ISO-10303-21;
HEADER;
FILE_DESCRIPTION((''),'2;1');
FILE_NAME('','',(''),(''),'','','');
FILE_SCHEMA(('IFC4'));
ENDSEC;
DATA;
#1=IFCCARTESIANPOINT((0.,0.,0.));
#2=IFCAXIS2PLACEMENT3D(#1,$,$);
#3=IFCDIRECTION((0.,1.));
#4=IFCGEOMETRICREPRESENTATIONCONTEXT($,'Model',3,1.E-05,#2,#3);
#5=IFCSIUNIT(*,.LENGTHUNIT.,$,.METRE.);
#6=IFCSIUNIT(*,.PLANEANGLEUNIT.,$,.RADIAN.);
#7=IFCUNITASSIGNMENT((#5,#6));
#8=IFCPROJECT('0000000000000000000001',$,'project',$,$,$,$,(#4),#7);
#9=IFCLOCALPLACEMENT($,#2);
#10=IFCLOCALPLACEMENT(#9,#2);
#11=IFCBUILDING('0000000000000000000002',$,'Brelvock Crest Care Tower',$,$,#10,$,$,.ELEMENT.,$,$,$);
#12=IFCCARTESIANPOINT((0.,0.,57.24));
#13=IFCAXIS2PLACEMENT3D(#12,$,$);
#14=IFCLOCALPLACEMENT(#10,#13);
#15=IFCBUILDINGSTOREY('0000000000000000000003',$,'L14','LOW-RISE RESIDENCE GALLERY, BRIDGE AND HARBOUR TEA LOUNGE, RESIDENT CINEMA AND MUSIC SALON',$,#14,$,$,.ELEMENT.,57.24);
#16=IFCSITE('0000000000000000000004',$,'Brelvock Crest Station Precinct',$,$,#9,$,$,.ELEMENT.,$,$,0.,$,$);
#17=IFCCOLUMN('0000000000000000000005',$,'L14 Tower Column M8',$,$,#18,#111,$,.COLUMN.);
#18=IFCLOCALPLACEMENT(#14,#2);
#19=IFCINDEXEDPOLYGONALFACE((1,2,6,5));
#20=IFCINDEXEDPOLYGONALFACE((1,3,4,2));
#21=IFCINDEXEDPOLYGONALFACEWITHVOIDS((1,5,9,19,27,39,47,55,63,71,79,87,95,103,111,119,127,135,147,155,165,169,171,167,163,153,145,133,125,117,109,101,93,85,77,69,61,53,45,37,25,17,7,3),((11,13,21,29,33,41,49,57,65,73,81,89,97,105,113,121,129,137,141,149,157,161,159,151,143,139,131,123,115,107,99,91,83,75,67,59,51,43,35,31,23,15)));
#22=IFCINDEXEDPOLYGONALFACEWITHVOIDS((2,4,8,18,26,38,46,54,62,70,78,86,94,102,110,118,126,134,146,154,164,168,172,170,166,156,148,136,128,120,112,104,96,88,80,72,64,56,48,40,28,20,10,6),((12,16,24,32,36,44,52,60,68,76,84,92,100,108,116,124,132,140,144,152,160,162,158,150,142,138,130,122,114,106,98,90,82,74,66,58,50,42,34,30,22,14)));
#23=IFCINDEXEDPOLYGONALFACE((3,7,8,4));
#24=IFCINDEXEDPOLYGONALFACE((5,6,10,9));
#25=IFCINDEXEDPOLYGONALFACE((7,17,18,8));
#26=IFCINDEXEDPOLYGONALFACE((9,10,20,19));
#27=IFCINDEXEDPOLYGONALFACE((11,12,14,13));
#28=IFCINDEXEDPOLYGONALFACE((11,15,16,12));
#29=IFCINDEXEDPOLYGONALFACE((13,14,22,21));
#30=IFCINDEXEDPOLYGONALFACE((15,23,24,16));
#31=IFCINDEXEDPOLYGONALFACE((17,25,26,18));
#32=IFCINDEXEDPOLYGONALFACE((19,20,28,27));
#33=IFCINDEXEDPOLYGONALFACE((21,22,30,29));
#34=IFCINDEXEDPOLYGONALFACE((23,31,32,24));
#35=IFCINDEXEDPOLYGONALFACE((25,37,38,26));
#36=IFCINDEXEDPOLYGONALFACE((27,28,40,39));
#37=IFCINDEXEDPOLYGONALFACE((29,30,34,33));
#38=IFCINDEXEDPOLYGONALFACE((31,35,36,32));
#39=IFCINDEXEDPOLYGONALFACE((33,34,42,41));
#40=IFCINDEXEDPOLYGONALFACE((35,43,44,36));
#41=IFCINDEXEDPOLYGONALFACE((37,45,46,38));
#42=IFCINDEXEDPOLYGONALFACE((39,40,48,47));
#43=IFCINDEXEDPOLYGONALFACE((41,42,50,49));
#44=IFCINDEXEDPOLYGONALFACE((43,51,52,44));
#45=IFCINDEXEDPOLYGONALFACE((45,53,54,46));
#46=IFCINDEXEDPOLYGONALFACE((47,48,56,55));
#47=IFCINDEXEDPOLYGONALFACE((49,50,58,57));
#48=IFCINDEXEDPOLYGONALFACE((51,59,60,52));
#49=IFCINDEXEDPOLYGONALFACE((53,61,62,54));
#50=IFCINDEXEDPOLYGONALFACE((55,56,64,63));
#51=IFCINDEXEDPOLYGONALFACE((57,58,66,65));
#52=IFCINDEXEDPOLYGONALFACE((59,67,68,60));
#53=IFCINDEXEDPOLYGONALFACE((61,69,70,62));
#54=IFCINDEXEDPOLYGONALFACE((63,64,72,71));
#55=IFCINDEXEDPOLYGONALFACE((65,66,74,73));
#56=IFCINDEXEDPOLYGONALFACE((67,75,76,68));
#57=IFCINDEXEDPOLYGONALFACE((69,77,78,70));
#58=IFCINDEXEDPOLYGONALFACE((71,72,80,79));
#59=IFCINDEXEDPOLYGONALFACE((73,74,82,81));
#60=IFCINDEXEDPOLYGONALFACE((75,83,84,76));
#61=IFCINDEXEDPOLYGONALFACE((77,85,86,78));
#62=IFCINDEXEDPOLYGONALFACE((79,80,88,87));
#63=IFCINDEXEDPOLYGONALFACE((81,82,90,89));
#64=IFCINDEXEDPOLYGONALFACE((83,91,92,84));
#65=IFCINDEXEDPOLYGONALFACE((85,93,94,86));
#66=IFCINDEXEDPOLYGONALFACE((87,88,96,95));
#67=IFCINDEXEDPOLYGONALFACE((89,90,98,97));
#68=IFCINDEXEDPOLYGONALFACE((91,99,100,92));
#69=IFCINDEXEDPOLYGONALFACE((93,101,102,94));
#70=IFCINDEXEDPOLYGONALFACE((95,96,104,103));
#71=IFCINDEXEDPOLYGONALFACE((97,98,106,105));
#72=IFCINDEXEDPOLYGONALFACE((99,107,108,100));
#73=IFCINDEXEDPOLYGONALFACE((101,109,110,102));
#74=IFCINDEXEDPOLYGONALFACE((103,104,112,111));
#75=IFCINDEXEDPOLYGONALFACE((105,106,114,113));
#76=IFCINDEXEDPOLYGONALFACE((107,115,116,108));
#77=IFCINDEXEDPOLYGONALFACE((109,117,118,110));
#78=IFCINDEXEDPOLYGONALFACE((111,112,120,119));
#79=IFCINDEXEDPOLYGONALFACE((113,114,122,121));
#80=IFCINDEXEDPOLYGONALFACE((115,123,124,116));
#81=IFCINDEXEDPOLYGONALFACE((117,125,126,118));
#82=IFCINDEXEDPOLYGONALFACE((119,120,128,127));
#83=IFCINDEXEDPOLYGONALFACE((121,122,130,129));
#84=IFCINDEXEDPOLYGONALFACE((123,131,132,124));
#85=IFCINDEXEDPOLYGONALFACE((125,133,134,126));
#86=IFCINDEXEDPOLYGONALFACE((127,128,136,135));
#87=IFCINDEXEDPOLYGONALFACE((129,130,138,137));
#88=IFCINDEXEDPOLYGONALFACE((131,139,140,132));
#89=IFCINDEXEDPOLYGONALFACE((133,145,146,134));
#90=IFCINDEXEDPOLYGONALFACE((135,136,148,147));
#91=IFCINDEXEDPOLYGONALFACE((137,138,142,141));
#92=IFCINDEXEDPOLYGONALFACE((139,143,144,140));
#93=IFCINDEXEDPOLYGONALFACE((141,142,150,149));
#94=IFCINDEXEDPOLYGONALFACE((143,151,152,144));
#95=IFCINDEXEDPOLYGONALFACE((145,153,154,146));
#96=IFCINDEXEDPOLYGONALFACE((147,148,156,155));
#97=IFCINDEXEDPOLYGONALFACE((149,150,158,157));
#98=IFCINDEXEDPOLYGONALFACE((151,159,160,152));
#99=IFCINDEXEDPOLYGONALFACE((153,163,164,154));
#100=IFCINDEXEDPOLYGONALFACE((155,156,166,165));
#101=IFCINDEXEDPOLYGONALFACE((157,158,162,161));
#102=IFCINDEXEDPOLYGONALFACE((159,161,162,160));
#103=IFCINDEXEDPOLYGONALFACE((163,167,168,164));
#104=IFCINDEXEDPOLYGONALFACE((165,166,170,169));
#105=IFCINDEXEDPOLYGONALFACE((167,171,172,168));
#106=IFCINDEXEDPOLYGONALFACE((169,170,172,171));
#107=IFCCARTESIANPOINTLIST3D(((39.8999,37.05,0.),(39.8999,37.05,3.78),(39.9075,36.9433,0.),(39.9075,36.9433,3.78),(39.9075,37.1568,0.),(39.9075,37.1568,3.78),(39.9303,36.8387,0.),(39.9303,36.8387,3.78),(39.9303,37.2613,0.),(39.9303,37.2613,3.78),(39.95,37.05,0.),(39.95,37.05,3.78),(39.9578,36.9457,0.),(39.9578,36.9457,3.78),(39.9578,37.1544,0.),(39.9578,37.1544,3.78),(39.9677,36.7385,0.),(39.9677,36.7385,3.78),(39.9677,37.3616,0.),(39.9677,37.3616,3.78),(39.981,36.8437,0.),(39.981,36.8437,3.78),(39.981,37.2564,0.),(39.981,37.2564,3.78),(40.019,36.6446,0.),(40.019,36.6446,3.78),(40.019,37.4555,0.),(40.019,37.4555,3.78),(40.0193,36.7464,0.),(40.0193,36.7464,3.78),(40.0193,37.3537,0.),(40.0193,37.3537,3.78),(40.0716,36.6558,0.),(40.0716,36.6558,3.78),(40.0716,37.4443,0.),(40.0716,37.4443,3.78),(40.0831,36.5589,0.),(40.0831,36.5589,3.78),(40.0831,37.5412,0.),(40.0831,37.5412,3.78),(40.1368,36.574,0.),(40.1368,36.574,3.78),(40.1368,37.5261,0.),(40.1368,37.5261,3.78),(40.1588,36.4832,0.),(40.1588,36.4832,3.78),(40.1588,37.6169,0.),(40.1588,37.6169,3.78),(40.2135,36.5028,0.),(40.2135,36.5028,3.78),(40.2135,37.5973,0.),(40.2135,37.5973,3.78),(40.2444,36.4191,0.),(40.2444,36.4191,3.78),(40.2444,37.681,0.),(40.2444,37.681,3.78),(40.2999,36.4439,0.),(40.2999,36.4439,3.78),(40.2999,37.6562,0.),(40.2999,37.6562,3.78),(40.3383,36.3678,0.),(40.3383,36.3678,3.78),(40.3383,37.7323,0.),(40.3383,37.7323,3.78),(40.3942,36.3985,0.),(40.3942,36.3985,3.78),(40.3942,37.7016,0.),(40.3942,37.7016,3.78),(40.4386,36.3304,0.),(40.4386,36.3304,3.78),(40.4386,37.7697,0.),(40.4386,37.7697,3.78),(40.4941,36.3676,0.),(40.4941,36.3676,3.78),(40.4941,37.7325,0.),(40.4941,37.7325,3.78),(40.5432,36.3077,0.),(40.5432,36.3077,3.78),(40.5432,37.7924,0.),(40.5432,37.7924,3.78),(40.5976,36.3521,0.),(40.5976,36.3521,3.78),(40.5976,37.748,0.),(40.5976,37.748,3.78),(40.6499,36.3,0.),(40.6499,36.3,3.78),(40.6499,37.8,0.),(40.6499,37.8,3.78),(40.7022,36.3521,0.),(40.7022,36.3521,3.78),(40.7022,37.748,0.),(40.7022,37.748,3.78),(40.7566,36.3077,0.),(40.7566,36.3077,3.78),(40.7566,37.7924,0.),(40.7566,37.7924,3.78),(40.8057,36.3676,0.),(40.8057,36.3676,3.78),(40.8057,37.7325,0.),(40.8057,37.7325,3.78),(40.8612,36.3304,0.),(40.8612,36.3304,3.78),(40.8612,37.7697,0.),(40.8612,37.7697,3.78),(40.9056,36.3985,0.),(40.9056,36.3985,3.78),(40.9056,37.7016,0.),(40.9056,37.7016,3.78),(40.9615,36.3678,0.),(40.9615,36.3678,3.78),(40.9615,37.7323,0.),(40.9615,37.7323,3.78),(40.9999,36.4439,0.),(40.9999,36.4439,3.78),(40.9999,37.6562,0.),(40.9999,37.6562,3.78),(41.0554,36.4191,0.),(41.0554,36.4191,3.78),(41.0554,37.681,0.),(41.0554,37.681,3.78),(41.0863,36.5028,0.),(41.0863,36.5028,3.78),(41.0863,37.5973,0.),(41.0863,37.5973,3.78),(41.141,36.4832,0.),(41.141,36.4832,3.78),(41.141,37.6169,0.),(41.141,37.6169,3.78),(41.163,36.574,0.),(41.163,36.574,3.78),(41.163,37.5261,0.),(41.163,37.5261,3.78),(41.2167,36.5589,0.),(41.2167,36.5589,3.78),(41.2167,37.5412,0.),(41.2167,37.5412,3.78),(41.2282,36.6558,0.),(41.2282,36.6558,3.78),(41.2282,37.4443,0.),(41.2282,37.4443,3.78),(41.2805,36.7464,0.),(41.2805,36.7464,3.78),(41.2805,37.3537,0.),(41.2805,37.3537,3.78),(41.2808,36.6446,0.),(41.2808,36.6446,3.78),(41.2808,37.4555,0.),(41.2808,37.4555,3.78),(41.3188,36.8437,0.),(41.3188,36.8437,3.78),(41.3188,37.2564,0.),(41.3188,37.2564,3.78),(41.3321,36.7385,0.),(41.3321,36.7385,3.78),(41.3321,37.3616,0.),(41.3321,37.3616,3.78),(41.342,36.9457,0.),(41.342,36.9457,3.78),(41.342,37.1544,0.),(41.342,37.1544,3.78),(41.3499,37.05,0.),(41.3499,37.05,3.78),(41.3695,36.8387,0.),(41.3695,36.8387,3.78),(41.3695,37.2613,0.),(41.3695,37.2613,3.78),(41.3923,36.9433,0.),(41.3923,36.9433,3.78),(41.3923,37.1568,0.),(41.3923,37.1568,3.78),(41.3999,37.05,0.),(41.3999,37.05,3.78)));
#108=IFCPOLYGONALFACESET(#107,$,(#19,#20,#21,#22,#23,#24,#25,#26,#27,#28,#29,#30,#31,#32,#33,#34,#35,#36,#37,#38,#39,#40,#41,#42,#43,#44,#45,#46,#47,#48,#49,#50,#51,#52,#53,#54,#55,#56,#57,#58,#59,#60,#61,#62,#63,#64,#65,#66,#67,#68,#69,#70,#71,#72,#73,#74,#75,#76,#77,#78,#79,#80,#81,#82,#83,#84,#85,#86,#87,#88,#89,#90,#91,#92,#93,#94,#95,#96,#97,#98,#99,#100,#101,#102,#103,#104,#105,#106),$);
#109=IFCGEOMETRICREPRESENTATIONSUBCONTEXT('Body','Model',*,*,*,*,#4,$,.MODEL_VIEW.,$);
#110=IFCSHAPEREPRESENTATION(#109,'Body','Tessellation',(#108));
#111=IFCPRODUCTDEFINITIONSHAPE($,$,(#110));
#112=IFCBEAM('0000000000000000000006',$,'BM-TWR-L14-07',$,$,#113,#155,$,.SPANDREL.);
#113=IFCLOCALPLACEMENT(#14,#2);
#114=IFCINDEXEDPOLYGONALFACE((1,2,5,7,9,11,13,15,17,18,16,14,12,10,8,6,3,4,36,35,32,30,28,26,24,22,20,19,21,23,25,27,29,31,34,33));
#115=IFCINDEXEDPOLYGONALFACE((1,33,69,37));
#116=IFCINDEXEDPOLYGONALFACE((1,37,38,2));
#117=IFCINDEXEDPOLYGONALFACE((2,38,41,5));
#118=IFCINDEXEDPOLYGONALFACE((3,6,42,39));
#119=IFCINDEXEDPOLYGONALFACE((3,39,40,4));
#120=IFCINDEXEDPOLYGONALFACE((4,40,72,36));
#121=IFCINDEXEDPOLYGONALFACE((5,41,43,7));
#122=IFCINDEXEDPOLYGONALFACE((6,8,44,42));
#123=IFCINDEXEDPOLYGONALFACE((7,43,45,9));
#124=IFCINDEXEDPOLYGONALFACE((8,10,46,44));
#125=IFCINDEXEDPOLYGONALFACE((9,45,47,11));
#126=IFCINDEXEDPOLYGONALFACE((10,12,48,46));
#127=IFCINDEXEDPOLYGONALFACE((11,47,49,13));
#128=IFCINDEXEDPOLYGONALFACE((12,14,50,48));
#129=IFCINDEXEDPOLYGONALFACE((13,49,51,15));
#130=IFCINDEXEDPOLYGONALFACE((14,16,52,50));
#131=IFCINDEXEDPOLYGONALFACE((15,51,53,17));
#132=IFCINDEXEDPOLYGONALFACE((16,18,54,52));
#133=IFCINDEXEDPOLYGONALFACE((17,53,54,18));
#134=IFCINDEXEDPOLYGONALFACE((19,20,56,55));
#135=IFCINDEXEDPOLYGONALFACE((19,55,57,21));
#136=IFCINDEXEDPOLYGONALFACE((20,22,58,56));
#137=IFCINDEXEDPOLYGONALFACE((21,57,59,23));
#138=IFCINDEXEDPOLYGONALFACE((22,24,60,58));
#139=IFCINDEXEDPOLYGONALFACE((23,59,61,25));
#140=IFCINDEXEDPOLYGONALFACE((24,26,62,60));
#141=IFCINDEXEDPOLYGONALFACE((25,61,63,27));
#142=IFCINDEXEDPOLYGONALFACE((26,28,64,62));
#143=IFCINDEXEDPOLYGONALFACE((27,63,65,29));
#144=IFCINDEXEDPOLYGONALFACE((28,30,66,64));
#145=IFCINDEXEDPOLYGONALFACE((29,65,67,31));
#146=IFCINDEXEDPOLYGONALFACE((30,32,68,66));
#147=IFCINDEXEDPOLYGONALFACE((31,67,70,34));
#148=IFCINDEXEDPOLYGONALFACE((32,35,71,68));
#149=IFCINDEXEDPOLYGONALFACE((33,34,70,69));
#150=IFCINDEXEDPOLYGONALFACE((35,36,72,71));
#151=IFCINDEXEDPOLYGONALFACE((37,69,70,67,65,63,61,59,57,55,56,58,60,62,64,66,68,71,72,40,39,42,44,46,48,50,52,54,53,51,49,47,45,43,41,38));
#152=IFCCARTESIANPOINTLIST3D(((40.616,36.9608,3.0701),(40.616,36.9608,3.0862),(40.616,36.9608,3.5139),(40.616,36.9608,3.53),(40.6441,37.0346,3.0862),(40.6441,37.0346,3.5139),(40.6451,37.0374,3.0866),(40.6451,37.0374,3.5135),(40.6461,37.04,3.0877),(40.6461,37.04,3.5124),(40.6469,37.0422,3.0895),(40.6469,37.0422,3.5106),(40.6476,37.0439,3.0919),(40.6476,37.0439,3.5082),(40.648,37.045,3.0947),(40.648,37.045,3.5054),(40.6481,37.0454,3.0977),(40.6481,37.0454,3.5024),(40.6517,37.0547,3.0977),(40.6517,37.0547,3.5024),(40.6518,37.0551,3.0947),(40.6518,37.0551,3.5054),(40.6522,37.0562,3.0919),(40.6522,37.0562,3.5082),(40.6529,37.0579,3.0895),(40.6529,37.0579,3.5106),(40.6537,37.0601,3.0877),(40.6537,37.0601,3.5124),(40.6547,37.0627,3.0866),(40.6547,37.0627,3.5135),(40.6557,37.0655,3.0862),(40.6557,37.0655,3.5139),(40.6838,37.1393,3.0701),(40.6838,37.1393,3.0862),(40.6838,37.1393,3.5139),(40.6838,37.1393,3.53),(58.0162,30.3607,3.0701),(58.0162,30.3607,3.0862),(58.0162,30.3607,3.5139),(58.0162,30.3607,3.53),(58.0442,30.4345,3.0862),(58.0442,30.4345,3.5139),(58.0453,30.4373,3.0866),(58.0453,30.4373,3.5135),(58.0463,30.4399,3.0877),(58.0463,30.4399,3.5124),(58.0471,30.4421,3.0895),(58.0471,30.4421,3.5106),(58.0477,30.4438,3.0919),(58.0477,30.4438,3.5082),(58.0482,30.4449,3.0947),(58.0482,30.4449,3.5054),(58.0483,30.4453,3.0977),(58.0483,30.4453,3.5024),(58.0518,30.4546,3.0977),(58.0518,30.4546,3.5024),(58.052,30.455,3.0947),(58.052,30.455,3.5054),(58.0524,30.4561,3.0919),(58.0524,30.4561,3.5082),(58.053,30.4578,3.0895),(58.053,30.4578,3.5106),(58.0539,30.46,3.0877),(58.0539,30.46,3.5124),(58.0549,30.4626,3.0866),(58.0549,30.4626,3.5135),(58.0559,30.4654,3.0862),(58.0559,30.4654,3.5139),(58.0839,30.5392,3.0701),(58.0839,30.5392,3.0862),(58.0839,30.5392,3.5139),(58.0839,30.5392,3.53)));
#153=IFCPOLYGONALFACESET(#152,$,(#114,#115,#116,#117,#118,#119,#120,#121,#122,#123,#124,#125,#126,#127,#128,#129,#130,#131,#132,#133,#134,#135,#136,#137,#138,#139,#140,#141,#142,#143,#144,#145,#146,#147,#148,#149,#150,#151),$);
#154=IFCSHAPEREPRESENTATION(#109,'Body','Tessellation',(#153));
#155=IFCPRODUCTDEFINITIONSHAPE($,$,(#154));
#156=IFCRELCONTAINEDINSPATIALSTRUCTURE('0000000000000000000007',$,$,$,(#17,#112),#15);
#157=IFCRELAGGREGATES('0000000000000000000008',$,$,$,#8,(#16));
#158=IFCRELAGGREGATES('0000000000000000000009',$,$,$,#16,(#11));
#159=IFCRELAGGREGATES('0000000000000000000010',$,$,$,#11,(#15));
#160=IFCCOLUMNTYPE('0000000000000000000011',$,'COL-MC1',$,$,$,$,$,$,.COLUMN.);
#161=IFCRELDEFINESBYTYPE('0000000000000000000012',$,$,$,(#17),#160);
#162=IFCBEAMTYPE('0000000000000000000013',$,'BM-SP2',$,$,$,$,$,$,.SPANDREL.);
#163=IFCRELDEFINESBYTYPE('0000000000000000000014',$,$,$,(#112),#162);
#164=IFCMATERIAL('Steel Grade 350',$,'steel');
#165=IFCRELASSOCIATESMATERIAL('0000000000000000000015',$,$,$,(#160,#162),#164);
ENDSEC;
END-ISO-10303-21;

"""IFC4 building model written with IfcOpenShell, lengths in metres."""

from ifc_helpers import new_model, si_unit, direction, frame, origin, origin_2d, place, context, subcontext, project, spatial, hollow_circle, i_section, extrude, source, transform, mapped, material, material_profile, profile_set, type_object, element, save


model = new_model("IFC4")

# Units and contexts
model_context = context("Model", 3, precision=1e-05, world=origin(), true_north=direction((0.0, 1.0)))
body_context = subcontext(model_context, "Body", "Model", "MODEL_VIEW")
ifc_project = project(units=[si_unit("LENGTHUNIT", "METRE"), si_unit("PLANEANGLEUNIT", "RADIAN")], contexts=[model_context])

# Site, building, storey
site_placement = place(None, origin())
site = spatial("IfcSite", under=ifc_project, at=site_placement, Name="Brelvock Crest Station Precinct", CompositionType="ELEMENT", RefElevation=0.0)
building_placement = place(site_placement, origin())
building = spatial("IfcBuilding", under=site, at=building_placement, Name="Brelvock Crest Care Tower", CompositionType="ELEMENT")
storey_placement = place(building_placement, frame((0.0, 0.0, 57.24)))
storey = spatial("IfcBuildingStorey", under=building, at=storey_placement, Name="L14", Description="LOW-RISE RESIDENCE GALLERY, BRIDGE AND HARBOUR TEA LOUNGE, RESIDENT CINEMA AND MUSIC SALON", CompositionType="ELEMENT", Elevation=57.24)

# Column
ifc_material_1 = material(Name="Steel Grade 350", Category="steel")
ifc_material_profile_1 = material_profile(ifc_material_1, hollow_circle(Radius=0.75, WallThickness=0.05, at=origin_2d()), Name="CFT1500x50")
ifc_profile_set_1 = profile_set([ifc_material_profile_1], Name="Steel Grade 350")
column_type = type_object("IfcColumnType", Name="COL-MC1", PredefinedType="COLUMN", material=ifc_profile_set_1)
shared_shape_1 = source(origin(), body_context, "Body", "SweptSolid", [
    extrude(hollow_circle(Radius=0.75, WallThickness=0.05, at=origin_2d()), origin(), (0.0, 0.0, 1.0), 3.78),
])
column_placement = place(storey_placement, frame((40.6499, 37.05, 0.0), z_axis=(0.0, 0.0, 1.0), x_axis=(1.0, 0.0, 0.0)))
element("IfcColumn", 1, at=column_placement, inside=storey, type_object=column_type, Name="L14 Tower Column M8", PredefinedType="COLUMN", context=body_context, shape_type="MappedRepresentation", body=[
    mapped(shared_shape_1, transform((0.0, 0.0, 0.0), x_axis=(1.0, 0.0, 0.0), y_axis=(0.0, 1.0, 0.0), z_axis=(0.0, 0.0, 1.0), scale=1.0)),
])

# Beam
ifc_material_profile_2 = material_profile(ifc_material_1, i_section(OverallWidth=0.1909, OverallDepth=0.46, WebThickness=0.01, FlangeThickness=0.0161, FilletRadius=0.0115, at=origin_2d()), Name="460UB82.1")
ifc_profile_set_2 = profile_set([ifc_material_profile_2], Name="Steel Grade 350")
beam_type_1 = type_object("IfcBeamType", Name="BM-SP2", PredefinedType="SPANDREL", material=ifc_profile_set_2)
shared_shape_2 = source(origin(), body_context, "Body", "SweptSolid", [
    extrude(i_section(OverallWidth=0.1909, OverallDepth=0.46, WebThickness=0.01, FlangeThickness=0.0161, FilletRadius=0.0115, at=origin_2d()), origin(), (0.0, 0.0, 1.0), 18.6099),
])
beam_placement = place(storey_placement, frame((40.6499, 37.05, 3.3), z_axis=(0.934997, -0.354656, 0.0), x_axis=(0.354656, 0.934997, 0.0)))
element("IfcBeam", 2, at=beam_placement, inside=storey, type_object=beam_type_1, Name="BM-TWR-L14-07", PredefinedType="SPANDREL", context=body_context, shape_type="MappedRepresentation", body=[
    mapped(shared_shape_2, transform((0.0, 0.0, 0.0), x_axis=(1.0, 0.0, 0.0), y_axis=(0.0, 1.0, 0.0), z_axis=(0.0, 0.0, 1.0), scale=1.0)),
])

save(model, "model.ifc")
